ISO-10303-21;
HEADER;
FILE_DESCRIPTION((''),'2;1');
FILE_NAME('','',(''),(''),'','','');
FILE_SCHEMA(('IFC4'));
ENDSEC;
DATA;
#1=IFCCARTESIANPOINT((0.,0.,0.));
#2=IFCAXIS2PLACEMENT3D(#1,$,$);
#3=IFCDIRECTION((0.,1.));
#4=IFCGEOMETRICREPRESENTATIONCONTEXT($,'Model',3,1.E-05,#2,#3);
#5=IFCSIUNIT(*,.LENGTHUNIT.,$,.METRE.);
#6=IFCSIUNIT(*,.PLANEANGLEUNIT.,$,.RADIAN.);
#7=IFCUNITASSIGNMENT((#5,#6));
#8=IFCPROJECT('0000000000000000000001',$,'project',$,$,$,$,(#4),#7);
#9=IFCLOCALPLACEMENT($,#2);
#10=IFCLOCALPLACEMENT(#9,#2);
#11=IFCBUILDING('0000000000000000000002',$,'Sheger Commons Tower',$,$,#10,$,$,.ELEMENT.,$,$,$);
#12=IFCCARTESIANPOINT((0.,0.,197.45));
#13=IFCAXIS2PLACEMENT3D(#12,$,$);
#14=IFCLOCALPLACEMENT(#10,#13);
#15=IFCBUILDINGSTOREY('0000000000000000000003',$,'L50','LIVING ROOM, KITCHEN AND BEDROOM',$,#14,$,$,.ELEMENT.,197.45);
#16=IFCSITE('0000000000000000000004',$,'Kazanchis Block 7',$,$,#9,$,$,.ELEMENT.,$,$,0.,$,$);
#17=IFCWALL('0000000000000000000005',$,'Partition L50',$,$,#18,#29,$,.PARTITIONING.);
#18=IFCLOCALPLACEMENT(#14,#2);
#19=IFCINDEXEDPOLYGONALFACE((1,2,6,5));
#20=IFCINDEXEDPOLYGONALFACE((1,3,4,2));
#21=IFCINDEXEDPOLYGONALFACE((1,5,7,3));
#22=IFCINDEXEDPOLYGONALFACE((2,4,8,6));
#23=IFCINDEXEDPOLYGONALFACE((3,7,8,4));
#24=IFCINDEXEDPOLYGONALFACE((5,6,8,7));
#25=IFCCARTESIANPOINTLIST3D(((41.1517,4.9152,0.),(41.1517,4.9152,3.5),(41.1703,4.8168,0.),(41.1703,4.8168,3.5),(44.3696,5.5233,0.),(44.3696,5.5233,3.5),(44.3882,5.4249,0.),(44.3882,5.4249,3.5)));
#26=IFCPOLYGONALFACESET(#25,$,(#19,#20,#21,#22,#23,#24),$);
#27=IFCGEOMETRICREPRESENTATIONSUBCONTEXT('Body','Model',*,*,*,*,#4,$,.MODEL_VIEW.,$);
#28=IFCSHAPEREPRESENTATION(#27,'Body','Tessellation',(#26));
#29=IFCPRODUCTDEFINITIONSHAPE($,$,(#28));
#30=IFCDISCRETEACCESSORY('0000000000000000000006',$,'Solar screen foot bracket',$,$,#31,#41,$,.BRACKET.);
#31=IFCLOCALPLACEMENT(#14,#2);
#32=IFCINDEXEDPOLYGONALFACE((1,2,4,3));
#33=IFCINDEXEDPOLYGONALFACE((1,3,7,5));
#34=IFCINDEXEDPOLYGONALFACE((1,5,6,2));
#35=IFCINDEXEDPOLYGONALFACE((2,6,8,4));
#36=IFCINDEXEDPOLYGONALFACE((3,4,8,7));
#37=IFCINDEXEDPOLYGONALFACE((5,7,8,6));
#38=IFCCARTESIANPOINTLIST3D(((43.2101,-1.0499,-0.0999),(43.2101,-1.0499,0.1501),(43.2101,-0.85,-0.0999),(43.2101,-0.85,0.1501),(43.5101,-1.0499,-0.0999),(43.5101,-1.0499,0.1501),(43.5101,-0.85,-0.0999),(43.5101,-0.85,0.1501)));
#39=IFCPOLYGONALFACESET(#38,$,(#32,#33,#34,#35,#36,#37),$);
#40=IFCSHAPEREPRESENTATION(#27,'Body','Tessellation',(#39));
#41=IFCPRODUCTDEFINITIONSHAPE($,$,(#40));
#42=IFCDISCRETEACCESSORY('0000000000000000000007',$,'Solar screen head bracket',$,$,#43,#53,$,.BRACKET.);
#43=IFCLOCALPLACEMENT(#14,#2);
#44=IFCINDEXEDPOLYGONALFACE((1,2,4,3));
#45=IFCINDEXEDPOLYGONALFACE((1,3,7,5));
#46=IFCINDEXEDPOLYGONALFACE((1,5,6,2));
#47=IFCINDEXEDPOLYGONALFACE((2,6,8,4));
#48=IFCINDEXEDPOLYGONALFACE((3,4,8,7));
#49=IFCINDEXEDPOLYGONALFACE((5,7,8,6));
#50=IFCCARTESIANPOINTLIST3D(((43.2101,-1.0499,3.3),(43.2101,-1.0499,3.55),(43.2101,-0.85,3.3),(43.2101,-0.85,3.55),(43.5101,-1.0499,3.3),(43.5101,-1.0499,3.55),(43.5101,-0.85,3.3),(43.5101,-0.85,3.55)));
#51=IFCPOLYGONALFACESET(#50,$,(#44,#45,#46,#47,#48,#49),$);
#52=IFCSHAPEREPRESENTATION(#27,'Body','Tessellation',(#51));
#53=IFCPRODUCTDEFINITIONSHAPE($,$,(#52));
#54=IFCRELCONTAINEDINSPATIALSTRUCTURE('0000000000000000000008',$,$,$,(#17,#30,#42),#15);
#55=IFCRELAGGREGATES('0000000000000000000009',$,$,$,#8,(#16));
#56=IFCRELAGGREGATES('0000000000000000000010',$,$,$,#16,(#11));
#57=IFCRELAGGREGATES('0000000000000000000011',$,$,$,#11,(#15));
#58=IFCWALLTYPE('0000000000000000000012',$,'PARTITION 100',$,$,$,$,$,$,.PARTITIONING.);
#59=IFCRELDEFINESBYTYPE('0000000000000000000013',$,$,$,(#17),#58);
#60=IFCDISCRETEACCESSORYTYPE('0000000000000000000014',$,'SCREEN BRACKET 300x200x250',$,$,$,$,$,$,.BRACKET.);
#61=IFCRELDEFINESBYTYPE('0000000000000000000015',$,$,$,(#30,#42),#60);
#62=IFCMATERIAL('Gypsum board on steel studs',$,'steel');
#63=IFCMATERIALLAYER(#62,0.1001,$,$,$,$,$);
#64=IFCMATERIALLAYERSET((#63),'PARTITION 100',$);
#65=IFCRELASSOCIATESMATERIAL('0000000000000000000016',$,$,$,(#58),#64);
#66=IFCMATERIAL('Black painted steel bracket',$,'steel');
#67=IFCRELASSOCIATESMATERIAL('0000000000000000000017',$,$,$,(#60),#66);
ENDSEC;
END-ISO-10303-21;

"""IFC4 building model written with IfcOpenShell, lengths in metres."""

from ifc_helpers import new_model, si_unit, direction, frame, frame_2d, origin, origin_2d, place, context, subcontext, project, spatial, rectangle, extrude, material, layer, layer_set, type_object, element, save


model = new_model("IFC4")

# Units and contexts
model_context = context("Model", 3, precision=1e-05, world=origin(), true_north=direction((0.0, 1.0)))
body_context = subcontext(model_context, "Body", "Model", "MODEL_VIEW")
ifc_project = project(units=[si_unit("LENGTHUNIT", "METRE"), si_unit("PLANEANGLEUNIT", "RADIAN")], contexts=[model_context])

# Site, building, storey
site_placement = place(None, origin())
site = spatial("IfcSite", under=ifc_project, at=site_placement, Name="Kazanchis Block 7", CompositionType="ELEMENT", RefElevation=0.0)
building_placement = place(site_placement, origin())
building = spatial("IfcBuilding", under=site, at=building_placement, Name="Sheger Commons Tower", CompositionType="ELEMENT")
storey_placement = place(building_placement, frame((0.0, 0.0, 197.45)))
storey = spatial("IfcBuildingStorey", under=building, at=storey_placement, Name="L50", Description="LIVING ROOM, KITCHEN AND BEDROOM", CompositionType="ELEMENT", Elevation=197.45)

# Shared definitions
ifc_material_1 = material(Name="Gypsum board on steel studs", Category="steel")
ifc_layer_1 = layer(ifc_material_1, 0.1001)
ifc_layer_set_1 = layer_set([ifc_layer_1], Name="PARTITION 100")
wall_type_1 = type_object("IfcWallType", Name="PARTITION 100", PredefinedType="PARTITIONING", material=ifc_layer_set_1)

# Wall
wall_1_placement = place(storey_placement, frame((44.3789, 5.4741, 0.0), z_axis=(0.0, 0.0, 1.0), x_axis=(-0.982607, -0.185697, 0.0)))
element("IfcWall", 1, at=wall_1_placement, inside=storey, type_object=wall_type_1, Name="Partition L50", PredefinedType="PARTITIONING", context=body_context, shape_type="SweptSolid", body=[
    extrude(rectangle(XDim=3.2749, YDim=0.1001, at=frame_2d((1.6375, 0.0))), origin(), (0.0, 0.0, 1.0), 3.5),
])

# Discrete accessories
ifc_material_2 = material(Name="Black painted steel bracket", Category="steel")
discrete_accessory_type = type_object("IfcDiscreteAccessoryType", Name="SCREEN BRACKET 300x200x250", PredefinedType="BRACKET", material=ifc_material_2)
for number, where, z_axis, x_axis, name in (
    (2, (43.3601, -0.95, -0.0999), (0.0, 0.0, 1.0), (1.0, 0.0, 0.0), "Solar screen foot bracket"),
    (3, (43.3601, -0.95, 3.3), (0.0, 0.0, 1.0), (1.0, 0.0, 0.0), "Solar screen head bracket"),
):
    element("IfcDiscreteAccessory", number, at=place(storey_placement, frame(where, z_axis=z_axis, x_axis=x_axis)), inside=storey, type_object=discrete_accessory_type, Name=name, PredefinedType="BRACKET", context=body_context, shape_type="SweptSolid", body=[
        extrude(rectangle(XDim=0.3, YDim=0.2, at=origin_2d()), origin(), (0.0, 0.0, 1.0), 0.25),
    ])

save(model, "model.ifc")
